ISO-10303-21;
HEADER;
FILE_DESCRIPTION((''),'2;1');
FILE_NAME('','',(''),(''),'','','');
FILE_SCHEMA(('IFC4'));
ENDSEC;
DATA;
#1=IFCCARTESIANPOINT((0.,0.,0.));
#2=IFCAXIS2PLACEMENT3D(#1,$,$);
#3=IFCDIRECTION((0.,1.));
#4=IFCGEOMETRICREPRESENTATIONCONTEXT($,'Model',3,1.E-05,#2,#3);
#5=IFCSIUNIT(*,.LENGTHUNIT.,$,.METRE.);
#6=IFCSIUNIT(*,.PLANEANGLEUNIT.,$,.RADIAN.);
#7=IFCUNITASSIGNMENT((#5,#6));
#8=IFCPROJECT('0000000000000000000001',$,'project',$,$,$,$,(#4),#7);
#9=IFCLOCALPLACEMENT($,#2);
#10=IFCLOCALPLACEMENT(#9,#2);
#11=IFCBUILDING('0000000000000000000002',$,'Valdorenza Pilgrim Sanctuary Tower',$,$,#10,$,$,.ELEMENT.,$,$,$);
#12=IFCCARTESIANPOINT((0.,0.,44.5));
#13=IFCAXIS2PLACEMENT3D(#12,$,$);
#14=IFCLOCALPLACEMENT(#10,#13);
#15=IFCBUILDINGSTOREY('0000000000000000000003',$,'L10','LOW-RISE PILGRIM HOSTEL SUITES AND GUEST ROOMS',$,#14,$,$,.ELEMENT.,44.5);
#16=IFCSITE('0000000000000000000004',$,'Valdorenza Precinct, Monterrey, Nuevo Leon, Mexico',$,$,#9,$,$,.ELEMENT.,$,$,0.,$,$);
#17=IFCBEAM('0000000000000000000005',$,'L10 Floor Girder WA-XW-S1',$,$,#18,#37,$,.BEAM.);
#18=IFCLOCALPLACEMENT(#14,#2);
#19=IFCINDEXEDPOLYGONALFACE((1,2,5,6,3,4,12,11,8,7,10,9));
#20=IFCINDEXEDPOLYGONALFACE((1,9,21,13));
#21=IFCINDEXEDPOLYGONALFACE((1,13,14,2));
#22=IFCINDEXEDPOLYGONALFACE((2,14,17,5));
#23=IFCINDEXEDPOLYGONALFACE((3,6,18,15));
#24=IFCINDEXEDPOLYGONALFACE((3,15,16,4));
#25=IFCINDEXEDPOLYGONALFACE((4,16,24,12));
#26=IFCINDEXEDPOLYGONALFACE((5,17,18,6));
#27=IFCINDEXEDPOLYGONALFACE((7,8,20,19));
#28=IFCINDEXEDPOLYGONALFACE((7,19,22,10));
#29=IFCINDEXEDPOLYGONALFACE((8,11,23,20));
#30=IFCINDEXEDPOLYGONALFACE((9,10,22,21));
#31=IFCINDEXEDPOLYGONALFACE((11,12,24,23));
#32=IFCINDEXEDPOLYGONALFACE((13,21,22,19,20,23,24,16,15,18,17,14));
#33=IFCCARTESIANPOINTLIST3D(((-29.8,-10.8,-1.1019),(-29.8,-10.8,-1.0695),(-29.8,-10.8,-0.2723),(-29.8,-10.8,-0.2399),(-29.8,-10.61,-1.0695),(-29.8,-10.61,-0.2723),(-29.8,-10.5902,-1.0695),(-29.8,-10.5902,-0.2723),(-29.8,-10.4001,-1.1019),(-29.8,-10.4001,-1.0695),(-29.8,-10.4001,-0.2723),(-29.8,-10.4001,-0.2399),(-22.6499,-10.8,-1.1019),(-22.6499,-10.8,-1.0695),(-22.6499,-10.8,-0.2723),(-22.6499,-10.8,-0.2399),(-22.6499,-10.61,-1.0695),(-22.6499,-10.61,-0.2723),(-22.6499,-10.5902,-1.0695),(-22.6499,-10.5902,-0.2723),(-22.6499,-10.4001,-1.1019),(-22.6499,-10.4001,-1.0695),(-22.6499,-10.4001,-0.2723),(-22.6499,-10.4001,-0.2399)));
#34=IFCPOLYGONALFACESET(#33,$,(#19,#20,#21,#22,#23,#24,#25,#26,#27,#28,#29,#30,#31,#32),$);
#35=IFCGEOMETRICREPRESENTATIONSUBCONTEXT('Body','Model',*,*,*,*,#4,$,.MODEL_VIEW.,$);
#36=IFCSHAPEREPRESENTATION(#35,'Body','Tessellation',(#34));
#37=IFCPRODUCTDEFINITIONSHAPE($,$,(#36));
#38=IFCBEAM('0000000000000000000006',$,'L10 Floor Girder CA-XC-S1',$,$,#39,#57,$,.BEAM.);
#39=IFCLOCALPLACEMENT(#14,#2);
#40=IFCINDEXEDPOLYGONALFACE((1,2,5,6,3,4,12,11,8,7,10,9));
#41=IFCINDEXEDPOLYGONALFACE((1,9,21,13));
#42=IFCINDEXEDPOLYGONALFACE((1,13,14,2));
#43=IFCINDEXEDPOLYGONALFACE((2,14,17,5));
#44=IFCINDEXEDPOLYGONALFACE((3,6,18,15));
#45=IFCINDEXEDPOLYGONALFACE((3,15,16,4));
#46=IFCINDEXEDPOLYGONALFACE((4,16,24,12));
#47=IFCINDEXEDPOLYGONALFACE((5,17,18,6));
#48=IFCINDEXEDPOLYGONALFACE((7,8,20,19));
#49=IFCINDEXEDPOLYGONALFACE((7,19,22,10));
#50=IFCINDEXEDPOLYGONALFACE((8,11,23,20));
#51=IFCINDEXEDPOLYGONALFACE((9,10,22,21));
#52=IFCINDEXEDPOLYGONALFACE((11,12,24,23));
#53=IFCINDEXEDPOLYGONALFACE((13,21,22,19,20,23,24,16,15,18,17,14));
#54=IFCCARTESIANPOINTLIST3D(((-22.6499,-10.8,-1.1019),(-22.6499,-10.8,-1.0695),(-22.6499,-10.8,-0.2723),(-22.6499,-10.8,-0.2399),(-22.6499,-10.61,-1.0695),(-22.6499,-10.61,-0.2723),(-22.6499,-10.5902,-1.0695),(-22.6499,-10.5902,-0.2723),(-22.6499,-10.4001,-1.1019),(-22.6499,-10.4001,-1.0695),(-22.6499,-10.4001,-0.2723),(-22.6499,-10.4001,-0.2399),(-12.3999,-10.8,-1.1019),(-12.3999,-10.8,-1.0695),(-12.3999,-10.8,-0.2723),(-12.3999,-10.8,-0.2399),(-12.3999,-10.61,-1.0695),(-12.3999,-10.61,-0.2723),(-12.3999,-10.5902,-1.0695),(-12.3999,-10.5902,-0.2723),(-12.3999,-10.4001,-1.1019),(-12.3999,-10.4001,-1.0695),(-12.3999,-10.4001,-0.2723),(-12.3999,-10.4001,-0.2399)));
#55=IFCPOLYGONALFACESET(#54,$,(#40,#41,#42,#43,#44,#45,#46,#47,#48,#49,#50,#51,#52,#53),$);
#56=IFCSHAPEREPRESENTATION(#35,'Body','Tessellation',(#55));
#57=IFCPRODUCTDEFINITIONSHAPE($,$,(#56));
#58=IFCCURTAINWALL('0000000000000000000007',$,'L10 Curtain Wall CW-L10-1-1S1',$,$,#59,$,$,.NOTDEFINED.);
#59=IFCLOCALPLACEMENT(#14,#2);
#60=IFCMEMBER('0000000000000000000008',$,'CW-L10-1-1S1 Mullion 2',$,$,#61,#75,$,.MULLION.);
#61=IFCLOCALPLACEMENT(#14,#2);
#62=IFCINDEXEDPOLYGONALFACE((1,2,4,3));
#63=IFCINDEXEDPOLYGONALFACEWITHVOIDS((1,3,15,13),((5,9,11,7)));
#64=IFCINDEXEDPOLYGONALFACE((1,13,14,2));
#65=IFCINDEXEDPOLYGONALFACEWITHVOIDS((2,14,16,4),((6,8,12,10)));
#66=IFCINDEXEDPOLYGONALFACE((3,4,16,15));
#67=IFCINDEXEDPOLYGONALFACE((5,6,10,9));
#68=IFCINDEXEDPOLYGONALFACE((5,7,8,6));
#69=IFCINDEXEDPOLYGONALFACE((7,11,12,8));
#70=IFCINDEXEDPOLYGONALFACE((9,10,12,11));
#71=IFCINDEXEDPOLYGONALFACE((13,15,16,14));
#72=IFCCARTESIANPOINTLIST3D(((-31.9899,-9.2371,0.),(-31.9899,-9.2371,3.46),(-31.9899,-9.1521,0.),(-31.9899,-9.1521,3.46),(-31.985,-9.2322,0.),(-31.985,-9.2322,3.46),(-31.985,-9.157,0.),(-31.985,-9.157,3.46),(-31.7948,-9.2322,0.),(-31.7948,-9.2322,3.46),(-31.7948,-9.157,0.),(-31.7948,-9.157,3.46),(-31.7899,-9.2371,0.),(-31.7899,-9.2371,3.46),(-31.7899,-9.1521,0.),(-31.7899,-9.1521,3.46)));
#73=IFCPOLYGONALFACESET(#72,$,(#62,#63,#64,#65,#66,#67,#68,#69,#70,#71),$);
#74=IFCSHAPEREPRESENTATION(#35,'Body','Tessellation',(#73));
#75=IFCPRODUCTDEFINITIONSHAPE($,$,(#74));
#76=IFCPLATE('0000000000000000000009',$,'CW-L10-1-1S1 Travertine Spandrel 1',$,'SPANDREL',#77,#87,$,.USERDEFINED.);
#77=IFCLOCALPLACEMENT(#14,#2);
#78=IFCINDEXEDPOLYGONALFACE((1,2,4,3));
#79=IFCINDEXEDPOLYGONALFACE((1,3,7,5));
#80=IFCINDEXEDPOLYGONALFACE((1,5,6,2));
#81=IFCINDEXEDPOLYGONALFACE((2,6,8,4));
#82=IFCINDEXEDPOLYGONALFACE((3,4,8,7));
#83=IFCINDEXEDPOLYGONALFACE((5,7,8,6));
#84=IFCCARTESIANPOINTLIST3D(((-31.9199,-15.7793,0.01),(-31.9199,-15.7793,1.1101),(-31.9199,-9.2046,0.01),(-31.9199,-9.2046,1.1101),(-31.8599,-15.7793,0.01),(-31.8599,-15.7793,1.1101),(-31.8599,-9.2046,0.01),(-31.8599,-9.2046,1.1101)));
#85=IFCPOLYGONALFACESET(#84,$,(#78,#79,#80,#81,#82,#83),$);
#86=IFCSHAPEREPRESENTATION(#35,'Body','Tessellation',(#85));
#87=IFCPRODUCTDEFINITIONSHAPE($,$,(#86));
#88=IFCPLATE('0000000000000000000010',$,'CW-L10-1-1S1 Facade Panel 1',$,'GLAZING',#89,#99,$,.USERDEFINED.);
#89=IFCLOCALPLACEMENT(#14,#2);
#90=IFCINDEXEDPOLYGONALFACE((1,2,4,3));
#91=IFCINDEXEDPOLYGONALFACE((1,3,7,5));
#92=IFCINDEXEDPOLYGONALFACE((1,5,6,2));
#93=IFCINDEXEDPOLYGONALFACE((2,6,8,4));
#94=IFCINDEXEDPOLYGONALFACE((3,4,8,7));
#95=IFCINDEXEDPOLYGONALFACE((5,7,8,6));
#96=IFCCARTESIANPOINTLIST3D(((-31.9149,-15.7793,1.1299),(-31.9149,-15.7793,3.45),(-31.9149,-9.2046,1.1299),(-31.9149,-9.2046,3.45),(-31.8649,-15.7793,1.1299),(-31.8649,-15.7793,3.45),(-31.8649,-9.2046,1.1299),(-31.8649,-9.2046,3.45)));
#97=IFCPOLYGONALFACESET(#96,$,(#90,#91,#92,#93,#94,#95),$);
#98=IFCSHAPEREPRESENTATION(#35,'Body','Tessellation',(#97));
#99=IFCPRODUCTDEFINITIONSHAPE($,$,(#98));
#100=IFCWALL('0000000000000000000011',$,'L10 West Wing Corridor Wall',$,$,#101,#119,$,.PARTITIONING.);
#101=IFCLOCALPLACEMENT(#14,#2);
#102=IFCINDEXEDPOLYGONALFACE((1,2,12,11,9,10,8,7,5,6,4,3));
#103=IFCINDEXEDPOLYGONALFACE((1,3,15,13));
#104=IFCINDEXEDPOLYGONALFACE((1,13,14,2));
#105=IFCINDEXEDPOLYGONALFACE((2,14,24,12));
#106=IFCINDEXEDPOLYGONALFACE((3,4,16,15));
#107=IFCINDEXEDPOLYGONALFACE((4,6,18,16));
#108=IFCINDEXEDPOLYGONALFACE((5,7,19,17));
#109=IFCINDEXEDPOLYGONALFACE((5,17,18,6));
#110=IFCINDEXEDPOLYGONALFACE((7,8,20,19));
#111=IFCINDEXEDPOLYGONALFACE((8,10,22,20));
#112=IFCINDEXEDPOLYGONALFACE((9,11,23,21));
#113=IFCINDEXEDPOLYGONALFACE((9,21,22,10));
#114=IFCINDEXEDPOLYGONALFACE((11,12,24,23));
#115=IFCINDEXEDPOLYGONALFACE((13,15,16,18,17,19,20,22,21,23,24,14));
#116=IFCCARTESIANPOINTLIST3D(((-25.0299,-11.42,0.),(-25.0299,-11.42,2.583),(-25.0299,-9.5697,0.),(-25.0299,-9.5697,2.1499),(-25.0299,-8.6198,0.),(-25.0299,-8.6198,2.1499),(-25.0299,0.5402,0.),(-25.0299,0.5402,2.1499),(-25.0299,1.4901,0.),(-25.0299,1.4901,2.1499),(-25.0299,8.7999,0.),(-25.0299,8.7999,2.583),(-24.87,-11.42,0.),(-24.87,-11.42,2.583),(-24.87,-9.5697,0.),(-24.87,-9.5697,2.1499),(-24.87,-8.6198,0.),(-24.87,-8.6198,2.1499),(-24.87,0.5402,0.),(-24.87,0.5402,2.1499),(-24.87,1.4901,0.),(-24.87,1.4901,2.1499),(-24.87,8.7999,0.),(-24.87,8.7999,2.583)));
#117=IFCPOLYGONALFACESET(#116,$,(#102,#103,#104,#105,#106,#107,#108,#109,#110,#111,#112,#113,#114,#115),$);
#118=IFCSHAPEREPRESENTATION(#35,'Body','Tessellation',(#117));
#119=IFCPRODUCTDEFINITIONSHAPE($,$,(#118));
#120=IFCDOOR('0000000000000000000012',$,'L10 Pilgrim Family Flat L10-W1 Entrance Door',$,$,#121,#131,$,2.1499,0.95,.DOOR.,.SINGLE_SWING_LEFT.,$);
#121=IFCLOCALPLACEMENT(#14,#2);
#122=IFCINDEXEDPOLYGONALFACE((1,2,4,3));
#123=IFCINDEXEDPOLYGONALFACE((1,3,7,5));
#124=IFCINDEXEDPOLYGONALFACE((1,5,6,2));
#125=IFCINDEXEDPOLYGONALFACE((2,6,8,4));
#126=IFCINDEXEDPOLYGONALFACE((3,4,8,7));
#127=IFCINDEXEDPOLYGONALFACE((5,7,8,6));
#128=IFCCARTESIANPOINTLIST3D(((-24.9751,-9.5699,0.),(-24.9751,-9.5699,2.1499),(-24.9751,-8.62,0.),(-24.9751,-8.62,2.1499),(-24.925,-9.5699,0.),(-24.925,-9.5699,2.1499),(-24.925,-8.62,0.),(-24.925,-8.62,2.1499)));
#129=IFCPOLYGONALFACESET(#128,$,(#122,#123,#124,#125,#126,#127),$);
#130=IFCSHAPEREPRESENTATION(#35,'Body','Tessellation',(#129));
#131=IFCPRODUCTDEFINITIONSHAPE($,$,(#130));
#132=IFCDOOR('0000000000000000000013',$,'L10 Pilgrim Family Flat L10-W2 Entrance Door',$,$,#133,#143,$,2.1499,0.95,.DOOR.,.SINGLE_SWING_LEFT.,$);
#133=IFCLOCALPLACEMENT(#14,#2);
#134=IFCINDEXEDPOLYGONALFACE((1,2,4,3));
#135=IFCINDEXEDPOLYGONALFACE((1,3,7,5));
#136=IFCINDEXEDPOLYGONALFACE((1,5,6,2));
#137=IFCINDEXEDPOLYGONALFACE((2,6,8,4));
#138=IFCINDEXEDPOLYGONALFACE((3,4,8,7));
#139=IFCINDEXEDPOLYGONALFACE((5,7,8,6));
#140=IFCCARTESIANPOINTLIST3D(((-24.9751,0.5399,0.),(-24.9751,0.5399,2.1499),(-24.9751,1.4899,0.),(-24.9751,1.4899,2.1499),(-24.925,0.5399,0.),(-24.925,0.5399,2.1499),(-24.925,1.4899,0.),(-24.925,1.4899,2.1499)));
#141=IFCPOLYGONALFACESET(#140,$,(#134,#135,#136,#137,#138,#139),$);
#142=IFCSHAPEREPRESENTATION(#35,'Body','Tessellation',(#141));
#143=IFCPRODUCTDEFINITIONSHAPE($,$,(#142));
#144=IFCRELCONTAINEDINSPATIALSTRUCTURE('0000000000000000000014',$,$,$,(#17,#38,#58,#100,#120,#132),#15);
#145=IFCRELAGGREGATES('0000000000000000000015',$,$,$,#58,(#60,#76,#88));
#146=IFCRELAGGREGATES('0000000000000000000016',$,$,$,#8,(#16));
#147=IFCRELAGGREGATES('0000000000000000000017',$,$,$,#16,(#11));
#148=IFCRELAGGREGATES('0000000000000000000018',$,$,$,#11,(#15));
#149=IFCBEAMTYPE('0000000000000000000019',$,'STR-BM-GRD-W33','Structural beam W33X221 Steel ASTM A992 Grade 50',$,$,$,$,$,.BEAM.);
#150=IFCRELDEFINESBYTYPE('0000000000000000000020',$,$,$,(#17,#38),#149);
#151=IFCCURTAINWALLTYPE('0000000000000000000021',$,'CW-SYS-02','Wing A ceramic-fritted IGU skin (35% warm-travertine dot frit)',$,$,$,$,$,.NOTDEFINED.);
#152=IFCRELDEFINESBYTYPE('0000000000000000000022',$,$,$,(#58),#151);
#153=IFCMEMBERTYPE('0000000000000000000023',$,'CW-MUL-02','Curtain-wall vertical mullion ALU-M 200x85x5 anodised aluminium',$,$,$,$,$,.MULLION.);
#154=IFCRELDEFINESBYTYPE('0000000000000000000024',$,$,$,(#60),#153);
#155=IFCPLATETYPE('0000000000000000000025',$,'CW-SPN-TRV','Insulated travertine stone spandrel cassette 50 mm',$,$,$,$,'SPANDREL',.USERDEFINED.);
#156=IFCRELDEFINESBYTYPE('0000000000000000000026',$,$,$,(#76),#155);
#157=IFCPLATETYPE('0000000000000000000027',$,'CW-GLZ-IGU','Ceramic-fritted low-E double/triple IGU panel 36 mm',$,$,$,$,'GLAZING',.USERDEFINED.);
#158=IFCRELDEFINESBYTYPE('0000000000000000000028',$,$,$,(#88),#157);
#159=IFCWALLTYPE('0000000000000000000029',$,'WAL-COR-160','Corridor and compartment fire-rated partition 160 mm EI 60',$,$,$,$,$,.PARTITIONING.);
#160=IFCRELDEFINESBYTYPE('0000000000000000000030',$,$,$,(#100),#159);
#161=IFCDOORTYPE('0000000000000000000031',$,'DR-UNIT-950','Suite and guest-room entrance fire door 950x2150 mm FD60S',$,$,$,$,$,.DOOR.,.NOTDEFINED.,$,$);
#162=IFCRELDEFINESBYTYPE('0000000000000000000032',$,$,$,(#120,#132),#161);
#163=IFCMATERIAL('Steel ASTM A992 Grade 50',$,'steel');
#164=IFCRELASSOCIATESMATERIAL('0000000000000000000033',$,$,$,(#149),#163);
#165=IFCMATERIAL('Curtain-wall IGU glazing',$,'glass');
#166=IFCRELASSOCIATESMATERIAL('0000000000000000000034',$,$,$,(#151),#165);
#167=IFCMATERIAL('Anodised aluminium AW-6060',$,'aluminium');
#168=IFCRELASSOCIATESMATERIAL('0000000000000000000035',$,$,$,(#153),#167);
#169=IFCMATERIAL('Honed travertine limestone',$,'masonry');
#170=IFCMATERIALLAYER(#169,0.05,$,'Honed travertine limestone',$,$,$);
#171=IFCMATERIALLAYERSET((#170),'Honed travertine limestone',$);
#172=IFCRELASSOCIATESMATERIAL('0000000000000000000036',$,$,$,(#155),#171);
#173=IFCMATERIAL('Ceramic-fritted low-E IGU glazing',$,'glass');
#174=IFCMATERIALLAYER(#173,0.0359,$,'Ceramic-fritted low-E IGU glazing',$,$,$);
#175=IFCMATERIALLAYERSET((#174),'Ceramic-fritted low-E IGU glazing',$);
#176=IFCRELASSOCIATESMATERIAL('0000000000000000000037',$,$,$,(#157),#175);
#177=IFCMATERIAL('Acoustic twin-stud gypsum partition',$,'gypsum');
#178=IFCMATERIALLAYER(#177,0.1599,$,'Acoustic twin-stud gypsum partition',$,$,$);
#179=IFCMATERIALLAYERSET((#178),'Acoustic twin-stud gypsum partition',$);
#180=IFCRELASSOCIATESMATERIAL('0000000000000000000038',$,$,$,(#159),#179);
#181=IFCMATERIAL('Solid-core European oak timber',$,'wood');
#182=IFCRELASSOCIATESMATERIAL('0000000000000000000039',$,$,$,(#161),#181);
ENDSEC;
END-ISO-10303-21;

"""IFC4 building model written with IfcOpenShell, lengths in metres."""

from ifc_helpers import new_model, si_unit, direction, frame, frame_2d, origin, origin_2d, place, context, subcontext, project, spatial, rectangle, hollow_rectangle, i_section, extrude, source, transform, mapped, material, layer, layer_set, material_profile, profile_set, type_object, element, fill, aggregate, save


model = new_model("IFC4")

# Units and contexts
model_context = context("Model", 3, precision=1e-05, world=origin(), true_north=direction((0.0, 1.0)))
body_context = subcontext(model_context, "Body", "Model", "MODEL_VIEW")
ifc_project = project(units=[si_unit("LENGTHUNIT", "METRE"), si_unit("PLANEANGLEUNIT", "RADIAN")], contexts=[model_context])

# Site, building, storey
site_placement = place(None, origin())
site = spatial("IfcSite", under=ifc_project, at=site_placement, Name="Valdorenza Precinct, Monterrey, Nuevo Leon, Mexico", CompositionType="ELEMENT", RefElevation=0.0)
building_placement = place(site_placement, origin())
building = spatial("IfcBuilding", under=site, at=building_placement, Name="Valdorenza Pilgrim Sanctuary Tower", CompositionType="ELEMENT")
storey_placement = place(building_placement, frame((0.0, 0.0, 44.5)))
storey = spatial("IfcBuildingStorey", under=building, at=storey_placement, Name="L10", Description="LOW-RISE PILGRIM HOSTEL SUITES AND GUEST ROOMS", CompositionType="ELEMENT", Elevation=44.5)

# Beams
ifc_material_1 = material(Name="Steel ASTM A992 Grade 50", Category="steel")
ifc_material_profile_1 = material_profile(ifc_material_1, i_section(OverallWidth=0.3999, OverallDepth=0.8621, WebThickness=0.0198, FlangeThickness=0.0325, at=origin_2d()), Name="W33X221")
ifc_profile_set_1 = profile_set([ifc_material_profile_1], Name="Steel ASTM A992 Grade 50")
beam_type_1 = type_object("IfcBeamType", Name="STR-BM-GRD-W33", Description="Structural beam W33X221 Steel ASTM A992 Grade 50", PredefinedType="BEAM", material=ifc_profile_set_1)
shared_shape_1 = source(origin(), body_context, "Body", "SweptSolid", [
    extrude(i_section(OverallWidth=0.3999, OverallDepth=0.8621, WebThickness=0.0198, FlangeThickness=0.0325, at=origin_2d()), origin(), (0.0, 0.0, 1.0), 7.1501),
])
beam_1_placement = place(storey_placement, frame((-29.8, -10.6001, -0.6709), z_axis=(1.0, 0.0, 0.0), x_axis=(0.0, 1.0, 0.0)))
element("IfcBeam", 1, at=beam_1_placement, inside=storey, type_object=beam_type_1, Name="L10 Floor Girder WA-XW-S1", PredefinedType="BEAM", context=body_context, shape_type="MappedRepresentation", body=[
    mapped(shared_shape_1, transform((0.0, 0.0, 0.0), x_axis=(1.0, 0.0, 0.0), y_axis=(0.0, 1.0, 0.0), z_axis=(0.0, 0.0, 1.0), scale=1.0)),
])
shared_shape_2 = source(origin(), body_context, "Body", "SweptSolid", [
    extrude(i_section(OverallWidth=0.3999, OverallDepth=0.8621, WebThickness=0.0198, FlangeThickness=0.0325, at=origin_2d()), origin(), (0.0, 0.0, 1.0), 10.25),
])
beam_2_placement = place(storey_placement, frame((-22.6499, -10.6001, -0.6709), z_axis=(1.0, 0.0, 0.0), x_axis=(0.0, 1.0, 0.0)))
element("IfcBeam", 2, at=beam_2_placement, inside=storey, type_object=beam_type_1, Name="L10 Floor Girder CA-XC-S1", PredefinedType="BEAM", context=body_context, shape_type="MappedRepresentation", body=[
    mapped(shared_shape_2, transform((0.0, 0.0, 0.0), x_axis=(1.0, 0.0, 0.0), y_axis=(0.0, 1.0, 0.0), z_axis=(0.0, 0.0, 1.0), scale=1.0)),
])

# Curtain wall, member, plates
ifc_material_2 = material(Name="Curtain-wall IGU glazing", Category="glass")
curtain_wall_type = type_object("IfcCurtainWallType", Name="CW-SYS-02", Description="Wing A ceramic-fritted IGU skin (35% warm-travertine dot frit)", PredefinedType="NOTDEFINED", material=ifc_material_2)
curtain_wall_placement = place(storey_placement, origin())
curtain_wall = element("IfcCurtainWall", 3, at=curtain_wall_placement, inside=storey, type_object=curtain_wall_type, Name="L10 Curtain Wall CW-L10-1-1S1", PredefinedType="NOTDEFINED")
ifc_material_3 = material(Name="Anodised aluminium AW-6060", Category="aluminium")
ifc_material_profile_2 = material_profile(ifc_material_3, hollow_rectangle(XDim=0.085, YDim=0.2, WallThickness=0.0049, at=origin_2d()), Name="ALU-M 200x85x5")
ifc_profile_set_2 = profile_set([ifc_material_profile_2], Name="Anodised aluminium AW-6060")
member_type = type_object("IfcMemberType", Name="CW-MUL-02", Description="Curtain-wall vertical mullion ALU-M 200x85x5 anodised aluminium", PredefinedType="MULLION", material=ifc_profile_set_2)
shared_shape_3 = source(origin(), body_context, "Body", "SweptSolid", [
    extrude(hollow_rectangle(XDim=0.085, YDim=0.2, WallThickness=0.0049, at=origin_2d()), origin(), (0.0, 0.0, 1.0), 3.46),
])
member_placement = place(storey_placement, frame((-31.8899, -9.1946, 0.0), z_axis=(0.0, 0.0, 1.0), x_axis=(0.0, 1.0, 0.0)))
member = element("IfcMember", 4, at=member_placement, type_object=member_type, Name="CW-L10-1-1S1 Mullion 2", PredefinedType="MULLION", context=body_context, shape_type="MappedRepresentation", body=[
    mapped(shared_shape_3, transform((0.0, 0.0, 0.0), x_axis=(1.0, 0.0, 0.0), y_axis=(0.0, 1.0, 0.0), z_axis=(0.0, 0.0, 1.0), scale=1.0)),
])
ifc_material_4 = material(Name="Honed travertine limestone", Category="masonry")
ifc_layer_1 = layer(ifc_material_4, 0.05, Name="Honed travertine limestone")
ifc_layer_set_1 = layer_set([ifc_layer_1], Name="Honed travertine limestone")
plate_type_1 = type_object("IfcPlateType", Name="CW-SPN-TRV", Description="Insulated travertine stone spandrel cassette 50 mm", ElementType="SPANDREL", PredefinedType="USERDEFINED", material=ifc_layer_set_1)
shared_shape_4 = source(origin(), body_context, "Body", "SweptSolid", [
    extrude(rectangle(XDim=6.5747, YDim=0.0601, at=origin_2d()), origin(), (0.0, 0.0, 1.0), 1.1001),
])
plate_1_placement = place(storey_placement, frame((-31.8899, -12.4919, 0.01), z_axis=(0.0, 0.0, 1.0), x_axis=(0.0, 1.0, 0.0)))
plate_1 = element("IfcPlate", 5, at=plate_1_placement, type_object=plate_type_1, Name="CW-L10-1-1S1 Travertine Spandrel 1", ObjectType="SPANDREL", PredefinedType="USERDEFINED", context=body_context, shape_type="MappedRepresentation", body=[
    mapped(shared_shape_4, transform((0.0, 0.0, 0.0), x_axis=(1.0, 0.0, 0.0), y_axis=(0.0, 1.0, 0.0), z_axis=(0.0, 0.0, 1.0), scale=1.0)),
])
ifc_material_5 = material(Name="Ceramic-fritted low-E IGU glazing", Category="glass")
ifc_layer_2 = layer(ifc_material_5, 0.0359, Name="Ceramic-fritted low-E IGU glazing")
ifc_layer_set_2 = layer_set([ifc_layer_2], Name="Ceramic-fritted low-E IGU glazing")
plate_type_2 = type_object("IfcPlateType", Name="CW-GLZ-IGU", Description="Ceramic-fritted low-E double/triple IGU panel 36 mm", ElementType="GLAZING", PredefinedType="USERDEFINED", material=ifc_layer_set_2)
shared_shape_5 = source(origin(), body_context, "Body", "SweptSolid", [
    extrude(rectangle(XDim=6.5747, YDim=0.05, at=origin_2d()), origin(), (0.0, 0.0, 1.0), 2.3201),
])
plate_2_placement = place(storey_placement, frame((-31.8899, -12.4919, 1.1299), z_axis=(0.0, 0.0, 1.0), x_axis=(0.0, 1.0, 0.0)))
plate_2 = element("IfcPlate", 6, at=plate_2_placement, type_object=plate_type_2, Name="CW-L10-1-1S1 Facade Panel 1", ObjectType="GLAZING", PredefinedType="USERDEFINED", context=body_context, shape_type="MappedRepresentation", body=[
    mapped(shared_shape_5, transform((0.0, 0.0, 0.0), x_axis=(1.0, 0.0, 0.0), y_axis=(0.0, 1.0, 0.0), z_axis=(0.0, 0.0, 1.0), scale=1.0)),
])
aggregate(curtain_wall, [member, plate_1, plate_2])

# Wall, openings, doors
ifc_material_6 = material(Name="Acoustic twin-stud gypsum partition", Category="gypsum")
ifc_layer_3 = layer(ifc_material_6, 0.1599, Name="Acoustic twin-stud gypsum partition")
ifc_layer_set_3 = layer_set([ifc_layer_3], Name="Acoustic twin-stud gypsum partition")
wall_type_1 = type_object("IfcWallType", Name="WAL-COR-160", Description="Corridor and compartment fire-rated partition 160 mm EI 60", PredefinedType="PARTITIONING", material=ifc_layer_set_3)
wall_1_placement = place(storey_placement, frame((-24.95, -11.4199, 0.0), z_axis=(0.0, 0.0, 1.0), x_axis=(0.0, 1.0, 0.0)))
wall_1 = element("IfcWall", 7, at=wall_1_placement, inside=storey, type_object=wall_type_1, Name="L10 West Wing Corridor Wall", PredefinedType="PARTITIONING", context=body_context, shape_type="SweptSolid", body=[
    extrude(rectangle(XDim=20.22, YDim=0.1599, at=frame_2d((10.1099, 0.0))), origin(), (0.0, 0.0, 1.0), 2.583),
])
opening_1_placement = place(wall_1_placement, frame((1.8501, 0.0, 0.0)))
opening_1 = element("IfcOpeningElement", 8, at=opening_1_placement, cuts=wall_1, PredefinedType="OPENING", context=body_context, shape_type="SweptSolid", body=[
    extrude(rectangle(XDim=0.95, YDim=2.1499, at=frame_2d((0.4751, 1.075))), frame((0.0, 0.0947, 0.0), z_axis=(0.0, -1.0, 0.0), x_axis=(1.0, 0.0, 0.0)), (0.0, 0.0, 1.0), 0.1897),
])
opening_2_placement = place(wall_1_placement, frame((11.96, 0.0, 0.0)))
opening_2 = element("IfcOpeningElement", 9, at=opening_2_placement, cuts=wall_1, PredefinedType="OPENING", context=body_context, shape_type="SweptSolid", body=[
    extrude(rectangle(XDim=0.95, YDim=2.1499, at=frame_2d((0.4751, 1.075))), frame((0.0, 0.0947, 0.0), z_axis=(0.0, -1.0, 0.0), x_axis=(1.0, 0.0, 0.0)), (0.0, 0.0, 1.0), 0.1897),
])
ifc_material_7 = material(Name="Solid-core European oak timber", Category="wood")
door_type = type_object("IfcDoorType", Name="DR-UNIT-950", Description="Suite and guest-room entrance fire door 950x2150 mm FD60S", OperationType="NOTDEFINED", PredefinedType="DOOR", material=ifc_material_7)
door_1_placement = place(opening_1_placement, frame((0.95, 0.0, 0.0), z_axis=(0.0, 0.0, 1.0), x_axis=(-1.0, 0.0, 0.0)))
door_1 = element("IfcDoor", 10, at=door_1_placement, inside=storey, type_object=door_type, Name="L10 Pilgrim Family Flat L10-W1 Entrance Door", OperationType="SINGLE_SWING_LEFT", OverallHeight=2.1499, OverallWidth=0.95, PredefinedType="DOOR", context=body_context, shape_type="SweptSolid", body=[
    extrude(rectangle(XDim=0.95, YDim=2.1499, at=frame_2d((0.4751, 1.075))), frame((0.0, 0.0249, 0.0), z_axis=(0.0, -1.0, 0.0), x_axis=(1.0, 0.0, 0.0)), (0.0, 0.0, 1.0), 0.05),
])
fill(opening_1, door_1)
door_2_placement = place(opening_2_placement, frame((0.95, 0.0, 0.0), z_axis=(0.0, 0.0, 1.0), x_axis=(-1.0, 0.0, 0.0)))
door_2 = element("IfcDoor", 11, at=door_2_placement, inside=storey, type_object=door_type, Name="L10 Pilgrim Family Flat L10-W2 Entrance Door", OperationType="SINGLE_SWING_LEFT", OverallHeight=2.1499, OverallWidth=0.95, PredefinedType="DOOR", context=body_context, shape_type="SweptSolid", body=[
    extrude(rectangle(XDim=0.95, YDim=2.1499, at=frame_2d((0.4751, 1.075))), frame((0.0, 0.0249, 0.0), z_axis=(0.0, -1.0, 0.0), x_axis=(1.0, 0.0, 0.0)), (0.0, 0.0, 1.0), 0.05),
])
fill(opening_2, door_2)

save(model, "model.ifc")
